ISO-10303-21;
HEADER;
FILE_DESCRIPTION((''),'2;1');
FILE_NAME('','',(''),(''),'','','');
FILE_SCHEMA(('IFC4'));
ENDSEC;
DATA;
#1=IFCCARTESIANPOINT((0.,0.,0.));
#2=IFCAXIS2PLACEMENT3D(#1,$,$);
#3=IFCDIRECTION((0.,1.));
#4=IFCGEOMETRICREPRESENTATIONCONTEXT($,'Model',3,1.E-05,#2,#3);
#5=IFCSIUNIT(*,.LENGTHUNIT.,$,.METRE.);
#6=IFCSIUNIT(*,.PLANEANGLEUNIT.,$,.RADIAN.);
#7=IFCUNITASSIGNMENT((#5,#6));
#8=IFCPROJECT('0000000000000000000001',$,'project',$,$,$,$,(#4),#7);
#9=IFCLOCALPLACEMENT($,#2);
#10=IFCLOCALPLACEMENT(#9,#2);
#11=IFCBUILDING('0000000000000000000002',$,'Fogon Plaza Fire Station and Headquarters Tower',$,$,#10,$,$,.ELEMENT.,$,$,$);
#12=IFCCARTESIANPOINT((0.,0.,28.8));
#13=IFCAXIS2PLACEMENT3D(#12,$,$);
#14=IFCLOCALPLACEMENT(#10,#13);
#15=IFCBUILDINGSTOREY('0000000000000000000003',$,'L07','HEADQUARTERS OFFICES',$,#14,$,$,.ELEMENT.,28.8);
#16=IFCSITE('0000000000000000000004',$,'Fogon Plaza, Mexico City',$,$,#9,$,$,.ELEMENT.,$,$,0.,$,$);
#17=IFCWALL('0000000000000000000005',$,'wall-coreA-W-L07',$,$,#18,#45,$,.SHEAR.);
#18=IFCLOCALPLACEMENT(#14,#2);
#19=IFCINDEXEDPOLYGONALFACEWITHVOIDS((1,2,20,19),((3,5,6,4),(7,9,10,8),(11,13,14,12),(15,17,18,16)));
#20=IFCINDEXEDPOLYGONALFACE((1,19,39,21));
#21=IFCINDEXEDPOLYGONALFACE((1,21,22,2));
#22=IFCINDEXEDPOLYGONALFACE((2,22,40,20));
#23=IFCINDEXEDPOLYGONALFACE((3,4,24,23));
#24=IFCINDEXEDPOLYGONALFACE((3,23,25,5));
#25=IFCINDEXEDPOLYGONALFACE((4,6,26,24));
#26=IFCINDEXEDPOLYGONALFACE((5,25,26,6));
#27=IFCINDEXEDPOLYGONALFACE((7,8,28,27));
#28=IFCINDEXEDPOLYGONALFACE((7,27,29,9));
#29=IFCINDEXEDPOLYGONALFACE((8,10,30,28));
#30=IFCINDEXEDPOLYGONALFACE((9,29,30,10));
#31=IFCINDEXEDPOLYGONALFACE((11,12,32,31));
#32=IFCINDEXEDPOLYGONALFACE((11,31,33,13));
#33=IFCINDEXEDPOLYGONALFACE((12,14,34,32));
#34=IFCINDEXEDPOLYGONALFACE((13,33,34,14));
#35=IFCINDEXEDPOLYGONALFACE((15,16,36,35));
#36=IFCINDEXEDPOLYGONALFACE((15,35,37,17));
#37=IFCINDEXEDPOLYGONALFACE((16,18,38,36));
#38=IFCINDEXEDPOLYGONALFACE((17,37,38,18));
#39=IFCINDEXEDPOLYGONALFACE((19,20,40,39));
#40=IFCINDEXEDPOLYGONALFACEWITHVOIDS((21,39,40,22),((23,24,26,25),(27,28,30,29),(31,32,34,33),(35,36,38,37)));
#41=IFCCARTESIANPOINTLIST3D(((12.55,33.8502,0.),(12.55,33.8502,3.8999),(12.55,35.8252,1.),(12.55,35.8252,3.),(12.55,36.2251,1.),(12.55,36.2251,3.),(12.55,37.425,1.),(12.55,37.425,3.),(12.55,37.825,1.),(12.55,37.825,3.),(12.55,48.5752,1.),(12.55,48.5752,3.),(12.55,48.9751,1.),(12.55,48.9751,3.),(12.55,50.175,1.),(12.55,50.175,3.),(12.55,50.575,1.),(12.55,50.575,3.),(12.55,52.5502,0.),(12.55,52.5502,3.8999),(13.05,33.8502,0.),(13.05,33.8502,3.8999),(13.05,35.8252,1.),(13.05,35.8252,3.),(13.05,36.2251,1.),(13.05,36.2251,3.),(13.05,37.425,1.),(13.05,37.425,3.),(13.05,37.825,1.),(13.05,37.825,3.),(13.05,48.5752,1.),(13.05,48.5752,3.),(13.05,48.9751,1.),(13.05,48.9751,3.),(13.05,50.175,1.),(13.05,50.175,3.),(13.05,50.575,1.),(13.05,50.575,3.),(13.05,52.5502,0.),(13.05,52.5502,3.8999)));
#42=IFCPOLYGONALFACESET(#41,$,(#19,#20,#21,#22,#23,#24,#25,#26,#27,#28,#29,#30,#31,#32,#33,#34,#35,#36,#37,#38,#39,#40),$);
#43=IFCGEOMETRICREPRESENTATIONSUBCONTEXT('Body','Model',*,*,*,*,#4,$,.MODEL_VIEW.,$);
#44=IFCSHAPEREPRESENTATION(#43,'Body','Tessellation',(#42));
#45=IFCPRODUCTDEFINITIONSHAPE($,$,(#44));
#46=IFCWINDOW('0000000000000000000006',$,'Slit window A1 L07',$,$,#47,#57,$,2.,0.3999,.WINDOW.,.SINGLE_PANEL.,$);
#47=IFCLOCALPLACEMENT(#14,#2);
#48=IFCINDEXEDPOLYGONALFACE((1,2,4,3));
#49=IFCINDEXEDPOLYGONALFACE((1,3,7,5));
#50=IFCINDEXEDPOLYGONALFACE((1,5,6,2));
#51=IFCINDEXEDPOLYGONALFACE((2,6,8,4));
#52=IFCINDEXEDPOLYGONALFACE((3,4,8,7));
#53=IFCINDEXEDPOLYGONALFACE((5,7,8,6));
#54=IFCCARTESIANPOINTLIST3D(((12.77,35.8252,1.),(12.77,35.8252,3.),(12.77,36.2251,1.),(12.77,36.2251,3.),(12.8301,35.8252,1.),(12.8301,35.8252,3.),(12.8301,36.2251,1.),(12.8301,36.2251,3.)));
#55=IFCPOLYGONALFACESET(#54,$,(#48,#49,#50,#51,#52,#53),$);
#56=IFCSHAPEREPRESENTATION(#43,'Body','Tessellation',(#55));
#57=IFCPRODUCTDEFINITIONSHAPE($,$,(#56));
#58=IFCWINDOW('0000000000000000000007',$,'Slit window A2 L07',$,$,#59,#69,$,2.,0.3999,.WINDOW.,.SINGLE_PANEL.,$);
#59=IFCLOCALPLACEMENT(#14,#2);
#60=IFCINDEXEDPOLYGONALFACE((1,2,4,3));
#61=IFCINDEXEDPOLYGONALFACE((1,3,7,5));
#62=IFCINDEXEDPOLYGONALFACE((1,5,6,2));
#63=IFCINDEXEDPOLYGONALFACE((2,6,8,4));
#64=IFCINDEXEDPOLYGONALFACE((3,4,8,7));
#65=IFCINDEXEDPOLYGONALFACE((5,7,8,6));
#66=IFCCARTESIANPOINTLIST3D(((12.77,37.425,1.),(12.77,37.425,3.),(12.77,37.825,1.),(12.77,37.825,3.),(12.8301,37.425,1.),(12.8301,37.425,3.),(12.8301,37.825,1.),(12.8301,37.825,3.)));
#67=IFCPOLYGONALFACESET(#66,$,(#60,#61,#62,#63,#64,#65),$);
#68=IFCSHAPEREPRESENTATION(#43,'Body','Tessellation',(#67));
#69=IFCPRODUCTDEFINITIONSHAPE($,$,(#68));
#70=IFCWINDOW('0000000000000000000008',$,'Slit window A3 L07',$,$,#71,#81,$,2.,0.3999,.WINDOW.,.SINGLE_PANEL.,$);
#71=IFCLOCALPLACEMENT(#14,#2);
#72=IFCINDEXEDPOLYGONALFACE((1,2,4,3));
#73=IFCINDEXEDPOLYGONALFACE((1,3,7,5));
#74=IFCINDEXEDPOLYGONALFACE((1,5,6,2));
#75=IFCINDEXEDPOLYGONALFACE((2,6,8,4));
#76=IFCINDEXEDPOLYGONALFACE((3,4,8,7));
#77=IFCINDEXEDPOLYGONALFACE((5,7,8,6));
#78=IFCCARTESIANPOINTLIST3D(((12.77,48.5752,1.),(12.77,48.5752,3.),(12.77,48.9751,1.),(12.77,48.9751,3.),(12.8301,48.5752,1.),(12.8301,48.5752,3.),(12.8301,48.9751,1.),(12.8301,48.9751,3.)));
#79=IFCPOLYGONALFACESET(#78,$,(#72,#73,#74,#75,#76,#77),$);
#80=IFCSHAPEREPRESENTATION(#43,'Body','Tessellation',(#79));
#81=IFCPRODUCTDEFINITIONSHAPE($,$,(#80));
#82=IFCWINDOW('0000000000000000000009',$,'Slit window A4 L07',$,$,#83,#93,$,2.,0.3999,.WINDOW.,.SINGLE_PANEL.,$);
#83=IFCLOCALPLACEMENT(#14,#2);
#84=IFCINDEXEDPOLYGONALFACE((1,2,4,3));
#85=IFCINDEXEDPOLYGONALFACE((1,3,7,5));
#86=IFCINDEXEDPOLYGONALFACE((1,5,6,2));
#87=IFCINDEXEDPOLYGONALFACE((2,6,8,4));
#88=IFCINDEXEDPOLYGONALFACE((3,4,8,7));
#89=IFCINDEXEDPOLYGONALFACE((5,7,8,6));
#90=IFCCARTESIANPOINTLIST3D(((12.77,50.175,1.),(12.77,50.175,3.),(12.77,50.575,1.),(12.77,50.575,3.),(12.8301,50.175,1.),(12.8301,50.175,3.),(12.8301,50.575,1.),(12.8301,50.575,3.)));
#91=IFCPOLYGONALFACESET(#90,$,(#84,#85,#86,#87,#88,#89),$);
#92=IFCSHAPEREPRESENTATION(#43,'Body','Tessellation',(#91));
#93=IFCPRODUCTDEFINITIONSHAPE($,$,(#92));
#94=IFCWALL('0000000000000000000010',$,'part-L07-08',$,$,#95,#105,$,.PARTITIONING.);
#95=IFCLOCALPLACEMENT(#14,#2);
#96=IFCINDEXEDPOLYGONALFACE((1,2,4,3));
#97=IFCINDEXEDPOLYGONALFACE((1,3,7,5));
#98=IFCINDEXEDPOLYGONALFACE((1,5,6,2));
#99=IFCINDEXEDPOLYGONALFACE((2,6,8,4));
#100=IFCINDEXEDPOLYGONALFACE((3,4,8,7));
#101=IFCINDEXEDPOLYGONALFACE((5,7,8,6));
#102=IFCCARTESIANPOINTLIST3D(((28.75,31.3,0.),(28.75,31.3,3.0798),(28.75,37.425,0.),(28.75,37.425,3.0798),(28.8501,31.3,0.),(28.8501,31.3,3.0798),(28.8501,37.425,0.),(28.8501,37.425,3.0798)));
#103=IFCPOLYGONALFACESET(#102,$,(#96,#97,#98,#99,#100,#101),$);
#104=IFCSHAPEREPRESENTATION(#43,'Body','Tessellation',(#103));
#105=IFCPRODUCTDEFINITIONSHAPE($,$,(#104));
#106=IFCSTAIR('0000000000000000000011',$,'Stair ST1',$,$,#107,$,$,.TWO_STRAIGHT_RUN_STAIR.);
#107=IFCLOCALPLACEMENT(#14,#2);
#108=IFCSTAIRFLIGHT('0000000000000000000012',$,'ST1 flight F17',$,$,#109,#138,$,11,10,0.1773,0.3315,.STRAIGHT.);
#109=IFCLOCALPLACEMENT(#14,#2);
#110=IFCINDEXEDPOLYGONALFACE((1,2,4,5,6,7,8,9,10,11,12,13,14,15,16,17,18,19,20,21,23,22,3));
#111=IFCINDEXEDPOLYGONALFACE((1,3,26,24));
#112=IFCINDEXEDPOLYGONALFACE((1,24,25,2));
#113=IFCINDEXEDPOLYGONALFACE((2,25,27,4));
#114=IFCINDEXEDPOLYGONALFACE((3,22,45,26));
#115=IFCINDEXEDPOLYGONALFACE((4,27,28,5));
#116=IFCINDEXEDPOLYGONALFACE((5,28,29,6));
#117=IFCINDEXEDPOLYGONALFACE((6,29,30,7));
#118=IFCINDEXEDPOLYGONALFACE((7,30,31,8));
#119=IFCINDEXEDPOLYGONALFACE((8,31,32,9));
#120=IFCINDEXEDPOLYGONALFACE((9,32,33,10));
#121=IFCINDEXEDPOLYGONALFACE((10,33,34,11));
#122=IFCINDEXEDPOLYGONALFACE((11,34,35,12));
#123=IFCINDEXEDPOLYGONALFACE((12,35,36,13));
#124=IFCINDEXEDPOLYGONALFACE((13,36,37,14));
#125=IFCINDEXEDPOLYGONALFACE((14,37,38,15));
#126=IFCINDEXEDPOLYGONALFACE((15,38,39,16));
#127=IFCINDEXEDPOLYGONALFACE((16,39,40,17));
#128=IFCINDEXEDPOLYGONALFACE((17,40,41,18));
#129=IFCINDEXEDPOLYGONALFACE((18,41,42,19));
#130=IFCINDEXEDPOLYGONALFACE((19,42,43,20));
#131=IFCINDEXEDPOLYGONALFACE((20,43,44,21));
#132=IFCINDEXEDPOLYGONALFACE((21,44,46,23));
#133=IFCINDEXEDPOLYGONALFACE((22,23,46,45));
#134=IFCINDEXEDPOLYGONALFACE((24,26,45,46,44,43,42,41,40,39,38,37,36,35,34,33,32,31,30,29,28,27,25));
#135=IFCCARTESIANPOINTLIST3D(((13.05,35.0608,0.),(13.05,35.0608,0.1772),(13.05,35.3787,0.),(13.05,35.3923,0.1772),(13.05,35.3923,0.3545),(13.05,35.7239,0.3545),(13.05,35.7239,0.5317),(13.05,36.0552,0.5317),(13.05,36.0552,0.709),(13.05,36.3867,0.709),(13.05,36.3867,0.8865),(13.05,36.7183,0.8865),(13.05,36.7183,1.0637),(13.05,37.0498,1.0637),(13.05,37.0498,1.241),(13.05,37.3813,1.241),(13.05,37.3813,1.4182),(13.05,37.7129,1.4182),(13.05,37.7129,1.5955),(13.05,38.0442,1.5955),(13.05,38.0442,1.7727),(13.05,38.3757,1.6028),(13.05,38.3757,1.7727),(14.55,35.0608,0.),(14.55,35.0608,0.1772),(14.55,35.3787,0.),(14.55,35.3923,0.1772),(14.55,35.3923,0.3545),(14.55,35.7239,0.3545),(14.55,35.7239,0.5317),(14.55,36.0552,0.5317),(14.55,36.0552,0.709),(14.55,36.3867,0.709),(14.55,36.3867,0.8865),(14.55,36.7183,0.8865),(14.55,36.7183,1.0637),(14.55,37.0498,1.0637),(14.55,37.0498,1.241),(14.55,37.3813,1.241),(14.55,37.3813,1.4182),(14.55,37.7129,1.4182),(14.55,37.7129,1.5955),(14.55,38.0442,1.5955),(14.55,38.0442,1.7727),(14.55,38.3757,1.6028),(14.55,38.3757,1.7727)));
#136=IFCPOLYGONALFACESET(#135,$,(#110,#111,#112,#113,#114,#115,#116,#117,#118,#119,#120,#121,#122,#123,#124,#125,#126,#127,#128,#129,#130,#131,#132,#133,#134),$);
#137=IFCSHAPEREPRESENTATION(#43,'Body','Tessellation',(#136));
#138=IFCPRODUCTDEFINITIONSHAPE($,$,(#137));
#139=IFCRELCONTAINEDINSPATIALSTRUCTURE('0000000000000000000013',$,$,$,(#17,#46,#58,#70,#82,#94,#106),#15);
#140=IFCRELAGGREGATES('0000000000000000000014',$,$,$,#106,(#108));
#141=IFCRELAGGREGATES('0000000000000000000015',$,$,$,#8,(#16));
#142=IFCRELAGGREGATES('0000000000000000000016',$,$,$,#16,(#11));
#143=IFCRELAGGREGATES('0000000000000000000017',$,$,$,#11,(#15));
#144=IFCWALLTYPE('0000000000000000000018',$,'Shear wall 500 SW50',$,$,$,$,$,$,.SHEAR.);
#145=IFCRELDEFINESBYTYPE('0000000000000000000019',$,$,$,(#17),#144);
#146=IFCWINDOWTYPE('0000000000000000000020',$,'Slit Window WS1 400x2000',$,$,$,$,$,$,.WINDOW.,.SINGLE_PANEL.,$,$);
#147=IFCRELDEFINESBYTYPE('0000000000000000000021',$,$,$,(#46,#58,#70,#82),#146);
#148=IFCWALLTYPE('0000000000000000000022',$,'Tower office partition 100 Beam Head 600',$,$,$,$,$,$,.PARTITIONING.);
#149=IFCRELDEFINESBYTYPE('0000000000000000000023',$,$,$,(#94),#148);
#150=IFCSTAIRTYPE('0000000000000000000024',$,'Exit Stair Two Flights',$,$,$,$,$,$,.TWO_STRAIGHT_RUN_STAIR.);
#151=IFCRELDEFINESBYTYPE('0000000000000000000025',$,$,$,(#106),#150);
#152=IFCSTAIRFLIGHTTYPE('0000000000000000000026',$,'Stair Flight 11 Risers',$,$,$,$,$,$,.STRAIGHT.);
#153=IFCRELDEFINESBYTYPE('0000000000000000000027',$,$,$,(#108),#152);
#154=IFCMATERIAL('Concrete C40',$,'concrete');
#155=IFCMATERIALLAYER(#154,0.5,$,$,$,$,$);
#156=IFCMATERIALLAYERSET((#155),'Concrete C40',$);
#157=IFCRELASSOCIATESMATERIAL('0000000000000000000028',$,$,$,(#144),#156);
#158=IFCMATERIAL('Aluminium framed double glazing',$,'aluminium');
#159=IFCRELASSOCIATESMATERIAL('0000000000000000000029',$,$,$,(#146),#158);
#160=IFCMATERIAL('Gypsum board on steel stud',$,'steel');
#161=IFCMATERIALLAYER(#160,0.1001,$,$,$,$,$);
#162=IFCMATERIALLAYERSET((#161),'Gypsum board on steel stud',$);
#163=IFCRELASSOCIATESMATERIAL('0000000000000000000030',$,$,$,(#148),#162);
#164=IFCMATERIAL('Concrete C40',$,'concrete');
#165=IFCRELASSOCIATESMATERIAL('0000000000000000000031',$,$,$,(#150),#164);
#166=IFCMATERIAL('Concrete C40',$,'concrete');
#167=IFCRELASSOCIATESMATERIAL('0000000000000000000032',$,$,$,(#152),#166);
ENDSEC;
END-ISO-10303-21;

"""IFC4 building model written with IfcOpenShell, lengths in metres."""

from ifc_helpers import new_model, si_unit, direction, frame, frame_2d, origin, place, context, subcontext, project, spatial, polyline, rectangle, outline, extrude, material, layer, layer_set, type_object, element, fill, aggregate, save


model = new_model("IFC4")

# Units and contexts
model_context = context("Model", 3, precision=1e-05, world=origin(), true_north=direction((0.0, 1.0)))
body_context = subcontext(model_context, "Body", "Model", "MODEL_VIEW")
ifc_project = project(units=[si_unit("LENGTHUNIT", "METRE"), si_unit("PLANEANGLEUNIT", "RADIAN")], contexts=[model_context])

# Site, building, storey
site_placement = place(None, origin())
site = spatial("IfcSite", under=ifc_project, at=site_placement, Name="Fogon Plaza, Mexico City", CompositionType="ELEMENT", RefElevation=0.0)
building_placement = place(site_placement, origin())
building = spatial("IfcBuilding", under=site, at=building_placement, Name="Fogon Plaza Fire Station and Headquarters Tower", CompositionType="ELEMENT")
storey_placement = place(building_placement, frame((0.0, 0.0, 28.8)))
storey = spatial("IfcBuildingStorey", under=building, at=storey_placement, Name="L07", Description="HEADQUARTERS OFFICES", CompositionType="ELEMENT", Elevation=28.8)

# Shared definitions
ifc_material_1 = material(Name="Concrete C40", Category="concrete")
ifc_layer_1 = layer(ifc_material_1, 0.5)
ifc_layer_set_1 = layer_set([ifc_layer_1], Name="Concrete C40")
wall_type_1 = type_object("IfcWallType", Name="Shear wall 500 SW50", PredefinedType="SHEAR", material=ifc_layer_set_1)
ifc_material_2 = material(Name="Aluminium framed double glazing", Category="aluminium")
window_type = type_object("IfcWindowType", Name="Slit Window WS1 400x2000", PartitioningType="SINGLE_PANEL", PredefinedType="WINDOW", material=ifc_material_2)

# Wall, openings, windows
wall_1_placement = place(storey_placement, frame((12.8, 33.8501, 0.0), z_axis=(0.0, 0.0, 1.0), x_axis=(0.0, 1.0, 0.0)))
wall_1 = element("IfcWall", 1, at=wall_1_placement, inside=storey, type_object=wall_type_1, Name="wall-coreA-W-L07", PredefinedType="SHEAR", context=body_context, shape_type="SweptSolid", body=[
    extrude(rectangle(XDim=18.7, YDim=0.5, at=frame_2d((9.3501, 0.0))), origin(), (0.0, 0.0, 1.0), 3.8999),
])
opening_1_placement = place(wall_1_placement, frame((1.9751, 0.0, 1.0)))
opening_1 = element("IfcOpeningElement", 2, at=opening_1_placement, cuts=wall_1, PredefinedType="OPENING", context=body_context, shape_type="SweptSolid", body=[
    extrude(rectangle(XDim=0.3999, YDim=2.0, at=frame_2d((0.2, 1.0))), frame((0.0, 0.26, 0.0), z_axis=(0.0, -1.0, 0.0), x_axis=(1.0, 0.0, 0.0)), (0.0, 0.0, 1.0), 0.52),
])
opening_2_placement = place(wall_1_placement, frame((3.575, 0.0, 1.0)))
opening_2 = element("IfcOpeningElement", 3, at=opening_2_placement, cuts=wall_1, PredefinedType="OPENING", context=body_context, shape_type="SweptSolid", body=[
    extrude(rectangle(XDim=0.3999, YDim=2.0, at=frame_2d((0.2, 1.0))), frame((0.0, 0.26, 0.0), z_axis=(0.0, -1.0, 0.0), x_axis=(1.0, 0.0, 0.0)), (0.0, 0.0, 1.0), 0.52),
])
opening_3_placement = place(wall_1_placement, frame((14.7251, 0.0, 1.0)))
opening_3 = element("IfcOpeningElement", 4, at=opening_3_placement, cuts=wall_1, PredefinedType="OPENING", context=body_context, shape_type="SweptSolid", body=[
    extrude(rectangle(XDim=0.3999, YDim=2.0, at=frame_2d((0.2, 1.0))), frame((0.0, 0.26, 0.0), z_axis=(0.0, -1.0, 0.0), x_axis=(1.0, 0.0, 0.0)), (0.0, 0.0, 1.0), 0.52),
])
opening_4_placement = place(wall_1_placement, frame((16.325, 0.0, 1.0)))
opening_4 = element("IfcOpeningElement", 5, at=opening_4_placement, cuts=wall_1, PredefinedType="OPENING", context=body_context, shape_type="SweptSolid", body=[
    extrude(rectangle(XDim=0.3999, YDim=2.0, at=frame_2d((0.2, 1.0))), frame((0.0, 0.26, 0.0), z_axis=(0.0, -1.0, 0.0), x_axis=(1.0, 0.0, 0.0)), (0.0, 0.0, 1.0), 0.52),
])
window_1_placement = place(opening_1_placement, origin())
window_1 = element("IfcWindow", 6, at=window_1_placement, inside=storey, type_object=window_type, Name="Slit window A1 L07", OverallHeight=2.0, OverallWidth=0.3999, PartitioningType="SINGLE_PANEL", PredefinedType="WINDOW", context=body_context, shape_type="SweptSolid", body=[
    extrude(rectangle(XDim=0.3999, YDim=2.0, at=frame_2d((0.2, 1.0))), frame((0.0, 0.03, 0.0), z_axis=(0.0, -1.0, 0.0), x_axis=(1.0, 0.0, 0.0)), (0.0, 0.0, 1.0), 0.0601),
])
fill(opening_1, window_1)
window_2_placement = place(opening_2_placement, origin())
window_2 = element("IfcWindow", 7, at=window_2_placement, inside=storey, type_object=window_type, Name="Slit window A2 L07", OverallHeight=2.0, OverallWidth=0.3999, PartitioningType="SINGLE_PANEL", PredefinedType="WINDOW", context=body_context, shape_type="SweptSolid", body=[
    extrude(rectangle(XDim=0.3999, YDim=2.0, at=frame_2d((0.2, 1.0))), frame((0.0, 0.03, 0.0), z_axis=(0.0, -1.0, 0.0), x_axis=(1.0, 0.0, 0.0)), (0.0, 0.0, 1.0), 0.0601),
])
fill(opening_2, window_2)
window_3_placement = place(opening_3_placement, origin())
window_3 = element("IfcWindow", 8, at=window_3_placement, inside=storey, type_object=window_type, Name="Slit window A3 L07", OverallHeight=2.0, OverallWidth=0.3999, PartitioningType="SINGLE_PANEL", PredefinedType="WINDOW", context=body_context, shape_type="SweptSolid", body=[
    extrude(rectangle(XDim=0.3999, YDim=2.0, at=frame_2d((0.2, 1.0))), frame((0.0, 0.03, 0.0), z_axis=(0.0, -1.0, 0.0), x_axis=(1.0, 0.0, 0.0)), (0.0, 0.0, 1.0), 0.0601),
])
fill(opening_3, window_3)
window_4_placement = place(opening_4_placement, origin())
window_4 = element("IfcWindow", 9, at=window_4_placement, inside=storey, type_object=window_type, Name="Slit window A4 L07", OverallHeight=2.0, OverallWidth=0.3999, PartitioningType="SINGLE_PANEL", PredefinedType="WINDOW", context=body_context, shape_type="SweptSolid", body=[
    extrude(rectangle(XDim=0.3999, YDim=2.0, at=frame_2d((0.2, 1.0))), frame((0.0, 0.03, 0.0), z_axis=(0.0, -1.0, 0.0), x_axis=(1.0, 0.0, 0.0)), (0.0, 0.0, 1.0), 0.0601),
])
fill(opening_4, window_4)

# Wall
ifc_material_3 = material(Name="Gypsum board on steel stud", Category="steel")
ifc_layer_2 = layer(ifc_material_3, 0.1001)
ifc_layer_set_2 = layer_set([ifc_layer_2], Name="Gypsum board on steel stud")
wall_type_2 = type_object("IfcWallType", Name="Tower office partition 100 Beam Head 600", PredefinedType="PARTITIONING", material=ifc_layer_set_2)
wall_2_placement = place(storey_placement, frame((28.8, 31.3, 0.0), z_axis=(0.0, 0.0, 1.0), x_axis=(0.0, 1.0, 0.0)))
element("IfcWall", 10, at=wall_2_placement, inside=storey, type_object=wall_type_2, Name="part-L07-08", PredefinedType="PARTITIONING", context=body_context, shape_type="SweptSolid", body=[
    extrude(rectangle(XDim=6.125, YDim=0.1001, at=frame_2d((3.0625, 0.0))), origin(), (0.0, 0.0, 1.0), 3.0798),
])

# Stair, stair flight
ifc_material_4 = material(Name="Concrete C40", Category="concrete")
stair_type = type_object("IfcStairType", Name="Exit Stair Two Flights", PredefinedType="TWO_STRAIGHT_RUN_STAIR", material=ifc_material_4)
stair_placement = place(storey_placement, origin())
stair = element("IfcStair", 11, at=stair_placement, inside=storey, type_object=stair_type, Name="Stair ST1", PredefinedType="TWO_STRAIGHT_RUN_STAIR")
ifc_material_5 = material(Name="Concrete C40", Category="concrete")
stair_flight_type = type_object("IfcStairFlightType", Name="Stair Flight 11 Risers", PredefinedType="STRAIGHT", material=ifc_material_5)
stair_flight_placement = place(storey_placement, frame((13.8, 35.0608, 0.0), z_axis=(0.0, 0.0, 1.0), x_axis=(0.0, 1.0, 0.0)))
stair_flight = element("IfcStairFlight", 12, at=stair_flight_placement, type_object=stair_flight_type, Name="ST1 flight F17", NumberOfRisers=11, NumberOfTreads=10, PredefinedType="STRAIGHT", RiserHeight=0.1773, TreadLength=0.3315, context=body_context, shape_type="SweptSolid", body=[
    extrude(outline(polyline([(0.0, 0.0), (0.0, 0.1772), (0.3315, 0.1772), (0.3315, 0.3545), (0.6631, 0.3545), (0.6631, 0.5317), (0.9944, 0.5317), (0.9944, 0.709), (1.3259, 0.709), (1.3259, 0.8865), (1.6575, 0.8865), (1.6575, 1.0637), (1.989, 1.0637), (1.989, 1.241), (2.3206, 1.241), (2.3206, 1.4182), (2.6521, 1.4182), (2.6521, 1.5955), (2.9834, 1.5955), (2.9834, 1.7727), (3.3149, 1.7727), (3.3149, 1.95), (3.3149, 1.6028), (0.3179, 0.0), (0.0, 0.0)])), frame((0.0, 0.75, 0.0), z_axis=(0.0, -1.0, 0.0), x_axis=(1.0, 0.0, 0.0)), (0.0, 0.0, 1.0), 1.5),
])
aggregate(stair, [stair_flight])

save(model, "model.ifc")
